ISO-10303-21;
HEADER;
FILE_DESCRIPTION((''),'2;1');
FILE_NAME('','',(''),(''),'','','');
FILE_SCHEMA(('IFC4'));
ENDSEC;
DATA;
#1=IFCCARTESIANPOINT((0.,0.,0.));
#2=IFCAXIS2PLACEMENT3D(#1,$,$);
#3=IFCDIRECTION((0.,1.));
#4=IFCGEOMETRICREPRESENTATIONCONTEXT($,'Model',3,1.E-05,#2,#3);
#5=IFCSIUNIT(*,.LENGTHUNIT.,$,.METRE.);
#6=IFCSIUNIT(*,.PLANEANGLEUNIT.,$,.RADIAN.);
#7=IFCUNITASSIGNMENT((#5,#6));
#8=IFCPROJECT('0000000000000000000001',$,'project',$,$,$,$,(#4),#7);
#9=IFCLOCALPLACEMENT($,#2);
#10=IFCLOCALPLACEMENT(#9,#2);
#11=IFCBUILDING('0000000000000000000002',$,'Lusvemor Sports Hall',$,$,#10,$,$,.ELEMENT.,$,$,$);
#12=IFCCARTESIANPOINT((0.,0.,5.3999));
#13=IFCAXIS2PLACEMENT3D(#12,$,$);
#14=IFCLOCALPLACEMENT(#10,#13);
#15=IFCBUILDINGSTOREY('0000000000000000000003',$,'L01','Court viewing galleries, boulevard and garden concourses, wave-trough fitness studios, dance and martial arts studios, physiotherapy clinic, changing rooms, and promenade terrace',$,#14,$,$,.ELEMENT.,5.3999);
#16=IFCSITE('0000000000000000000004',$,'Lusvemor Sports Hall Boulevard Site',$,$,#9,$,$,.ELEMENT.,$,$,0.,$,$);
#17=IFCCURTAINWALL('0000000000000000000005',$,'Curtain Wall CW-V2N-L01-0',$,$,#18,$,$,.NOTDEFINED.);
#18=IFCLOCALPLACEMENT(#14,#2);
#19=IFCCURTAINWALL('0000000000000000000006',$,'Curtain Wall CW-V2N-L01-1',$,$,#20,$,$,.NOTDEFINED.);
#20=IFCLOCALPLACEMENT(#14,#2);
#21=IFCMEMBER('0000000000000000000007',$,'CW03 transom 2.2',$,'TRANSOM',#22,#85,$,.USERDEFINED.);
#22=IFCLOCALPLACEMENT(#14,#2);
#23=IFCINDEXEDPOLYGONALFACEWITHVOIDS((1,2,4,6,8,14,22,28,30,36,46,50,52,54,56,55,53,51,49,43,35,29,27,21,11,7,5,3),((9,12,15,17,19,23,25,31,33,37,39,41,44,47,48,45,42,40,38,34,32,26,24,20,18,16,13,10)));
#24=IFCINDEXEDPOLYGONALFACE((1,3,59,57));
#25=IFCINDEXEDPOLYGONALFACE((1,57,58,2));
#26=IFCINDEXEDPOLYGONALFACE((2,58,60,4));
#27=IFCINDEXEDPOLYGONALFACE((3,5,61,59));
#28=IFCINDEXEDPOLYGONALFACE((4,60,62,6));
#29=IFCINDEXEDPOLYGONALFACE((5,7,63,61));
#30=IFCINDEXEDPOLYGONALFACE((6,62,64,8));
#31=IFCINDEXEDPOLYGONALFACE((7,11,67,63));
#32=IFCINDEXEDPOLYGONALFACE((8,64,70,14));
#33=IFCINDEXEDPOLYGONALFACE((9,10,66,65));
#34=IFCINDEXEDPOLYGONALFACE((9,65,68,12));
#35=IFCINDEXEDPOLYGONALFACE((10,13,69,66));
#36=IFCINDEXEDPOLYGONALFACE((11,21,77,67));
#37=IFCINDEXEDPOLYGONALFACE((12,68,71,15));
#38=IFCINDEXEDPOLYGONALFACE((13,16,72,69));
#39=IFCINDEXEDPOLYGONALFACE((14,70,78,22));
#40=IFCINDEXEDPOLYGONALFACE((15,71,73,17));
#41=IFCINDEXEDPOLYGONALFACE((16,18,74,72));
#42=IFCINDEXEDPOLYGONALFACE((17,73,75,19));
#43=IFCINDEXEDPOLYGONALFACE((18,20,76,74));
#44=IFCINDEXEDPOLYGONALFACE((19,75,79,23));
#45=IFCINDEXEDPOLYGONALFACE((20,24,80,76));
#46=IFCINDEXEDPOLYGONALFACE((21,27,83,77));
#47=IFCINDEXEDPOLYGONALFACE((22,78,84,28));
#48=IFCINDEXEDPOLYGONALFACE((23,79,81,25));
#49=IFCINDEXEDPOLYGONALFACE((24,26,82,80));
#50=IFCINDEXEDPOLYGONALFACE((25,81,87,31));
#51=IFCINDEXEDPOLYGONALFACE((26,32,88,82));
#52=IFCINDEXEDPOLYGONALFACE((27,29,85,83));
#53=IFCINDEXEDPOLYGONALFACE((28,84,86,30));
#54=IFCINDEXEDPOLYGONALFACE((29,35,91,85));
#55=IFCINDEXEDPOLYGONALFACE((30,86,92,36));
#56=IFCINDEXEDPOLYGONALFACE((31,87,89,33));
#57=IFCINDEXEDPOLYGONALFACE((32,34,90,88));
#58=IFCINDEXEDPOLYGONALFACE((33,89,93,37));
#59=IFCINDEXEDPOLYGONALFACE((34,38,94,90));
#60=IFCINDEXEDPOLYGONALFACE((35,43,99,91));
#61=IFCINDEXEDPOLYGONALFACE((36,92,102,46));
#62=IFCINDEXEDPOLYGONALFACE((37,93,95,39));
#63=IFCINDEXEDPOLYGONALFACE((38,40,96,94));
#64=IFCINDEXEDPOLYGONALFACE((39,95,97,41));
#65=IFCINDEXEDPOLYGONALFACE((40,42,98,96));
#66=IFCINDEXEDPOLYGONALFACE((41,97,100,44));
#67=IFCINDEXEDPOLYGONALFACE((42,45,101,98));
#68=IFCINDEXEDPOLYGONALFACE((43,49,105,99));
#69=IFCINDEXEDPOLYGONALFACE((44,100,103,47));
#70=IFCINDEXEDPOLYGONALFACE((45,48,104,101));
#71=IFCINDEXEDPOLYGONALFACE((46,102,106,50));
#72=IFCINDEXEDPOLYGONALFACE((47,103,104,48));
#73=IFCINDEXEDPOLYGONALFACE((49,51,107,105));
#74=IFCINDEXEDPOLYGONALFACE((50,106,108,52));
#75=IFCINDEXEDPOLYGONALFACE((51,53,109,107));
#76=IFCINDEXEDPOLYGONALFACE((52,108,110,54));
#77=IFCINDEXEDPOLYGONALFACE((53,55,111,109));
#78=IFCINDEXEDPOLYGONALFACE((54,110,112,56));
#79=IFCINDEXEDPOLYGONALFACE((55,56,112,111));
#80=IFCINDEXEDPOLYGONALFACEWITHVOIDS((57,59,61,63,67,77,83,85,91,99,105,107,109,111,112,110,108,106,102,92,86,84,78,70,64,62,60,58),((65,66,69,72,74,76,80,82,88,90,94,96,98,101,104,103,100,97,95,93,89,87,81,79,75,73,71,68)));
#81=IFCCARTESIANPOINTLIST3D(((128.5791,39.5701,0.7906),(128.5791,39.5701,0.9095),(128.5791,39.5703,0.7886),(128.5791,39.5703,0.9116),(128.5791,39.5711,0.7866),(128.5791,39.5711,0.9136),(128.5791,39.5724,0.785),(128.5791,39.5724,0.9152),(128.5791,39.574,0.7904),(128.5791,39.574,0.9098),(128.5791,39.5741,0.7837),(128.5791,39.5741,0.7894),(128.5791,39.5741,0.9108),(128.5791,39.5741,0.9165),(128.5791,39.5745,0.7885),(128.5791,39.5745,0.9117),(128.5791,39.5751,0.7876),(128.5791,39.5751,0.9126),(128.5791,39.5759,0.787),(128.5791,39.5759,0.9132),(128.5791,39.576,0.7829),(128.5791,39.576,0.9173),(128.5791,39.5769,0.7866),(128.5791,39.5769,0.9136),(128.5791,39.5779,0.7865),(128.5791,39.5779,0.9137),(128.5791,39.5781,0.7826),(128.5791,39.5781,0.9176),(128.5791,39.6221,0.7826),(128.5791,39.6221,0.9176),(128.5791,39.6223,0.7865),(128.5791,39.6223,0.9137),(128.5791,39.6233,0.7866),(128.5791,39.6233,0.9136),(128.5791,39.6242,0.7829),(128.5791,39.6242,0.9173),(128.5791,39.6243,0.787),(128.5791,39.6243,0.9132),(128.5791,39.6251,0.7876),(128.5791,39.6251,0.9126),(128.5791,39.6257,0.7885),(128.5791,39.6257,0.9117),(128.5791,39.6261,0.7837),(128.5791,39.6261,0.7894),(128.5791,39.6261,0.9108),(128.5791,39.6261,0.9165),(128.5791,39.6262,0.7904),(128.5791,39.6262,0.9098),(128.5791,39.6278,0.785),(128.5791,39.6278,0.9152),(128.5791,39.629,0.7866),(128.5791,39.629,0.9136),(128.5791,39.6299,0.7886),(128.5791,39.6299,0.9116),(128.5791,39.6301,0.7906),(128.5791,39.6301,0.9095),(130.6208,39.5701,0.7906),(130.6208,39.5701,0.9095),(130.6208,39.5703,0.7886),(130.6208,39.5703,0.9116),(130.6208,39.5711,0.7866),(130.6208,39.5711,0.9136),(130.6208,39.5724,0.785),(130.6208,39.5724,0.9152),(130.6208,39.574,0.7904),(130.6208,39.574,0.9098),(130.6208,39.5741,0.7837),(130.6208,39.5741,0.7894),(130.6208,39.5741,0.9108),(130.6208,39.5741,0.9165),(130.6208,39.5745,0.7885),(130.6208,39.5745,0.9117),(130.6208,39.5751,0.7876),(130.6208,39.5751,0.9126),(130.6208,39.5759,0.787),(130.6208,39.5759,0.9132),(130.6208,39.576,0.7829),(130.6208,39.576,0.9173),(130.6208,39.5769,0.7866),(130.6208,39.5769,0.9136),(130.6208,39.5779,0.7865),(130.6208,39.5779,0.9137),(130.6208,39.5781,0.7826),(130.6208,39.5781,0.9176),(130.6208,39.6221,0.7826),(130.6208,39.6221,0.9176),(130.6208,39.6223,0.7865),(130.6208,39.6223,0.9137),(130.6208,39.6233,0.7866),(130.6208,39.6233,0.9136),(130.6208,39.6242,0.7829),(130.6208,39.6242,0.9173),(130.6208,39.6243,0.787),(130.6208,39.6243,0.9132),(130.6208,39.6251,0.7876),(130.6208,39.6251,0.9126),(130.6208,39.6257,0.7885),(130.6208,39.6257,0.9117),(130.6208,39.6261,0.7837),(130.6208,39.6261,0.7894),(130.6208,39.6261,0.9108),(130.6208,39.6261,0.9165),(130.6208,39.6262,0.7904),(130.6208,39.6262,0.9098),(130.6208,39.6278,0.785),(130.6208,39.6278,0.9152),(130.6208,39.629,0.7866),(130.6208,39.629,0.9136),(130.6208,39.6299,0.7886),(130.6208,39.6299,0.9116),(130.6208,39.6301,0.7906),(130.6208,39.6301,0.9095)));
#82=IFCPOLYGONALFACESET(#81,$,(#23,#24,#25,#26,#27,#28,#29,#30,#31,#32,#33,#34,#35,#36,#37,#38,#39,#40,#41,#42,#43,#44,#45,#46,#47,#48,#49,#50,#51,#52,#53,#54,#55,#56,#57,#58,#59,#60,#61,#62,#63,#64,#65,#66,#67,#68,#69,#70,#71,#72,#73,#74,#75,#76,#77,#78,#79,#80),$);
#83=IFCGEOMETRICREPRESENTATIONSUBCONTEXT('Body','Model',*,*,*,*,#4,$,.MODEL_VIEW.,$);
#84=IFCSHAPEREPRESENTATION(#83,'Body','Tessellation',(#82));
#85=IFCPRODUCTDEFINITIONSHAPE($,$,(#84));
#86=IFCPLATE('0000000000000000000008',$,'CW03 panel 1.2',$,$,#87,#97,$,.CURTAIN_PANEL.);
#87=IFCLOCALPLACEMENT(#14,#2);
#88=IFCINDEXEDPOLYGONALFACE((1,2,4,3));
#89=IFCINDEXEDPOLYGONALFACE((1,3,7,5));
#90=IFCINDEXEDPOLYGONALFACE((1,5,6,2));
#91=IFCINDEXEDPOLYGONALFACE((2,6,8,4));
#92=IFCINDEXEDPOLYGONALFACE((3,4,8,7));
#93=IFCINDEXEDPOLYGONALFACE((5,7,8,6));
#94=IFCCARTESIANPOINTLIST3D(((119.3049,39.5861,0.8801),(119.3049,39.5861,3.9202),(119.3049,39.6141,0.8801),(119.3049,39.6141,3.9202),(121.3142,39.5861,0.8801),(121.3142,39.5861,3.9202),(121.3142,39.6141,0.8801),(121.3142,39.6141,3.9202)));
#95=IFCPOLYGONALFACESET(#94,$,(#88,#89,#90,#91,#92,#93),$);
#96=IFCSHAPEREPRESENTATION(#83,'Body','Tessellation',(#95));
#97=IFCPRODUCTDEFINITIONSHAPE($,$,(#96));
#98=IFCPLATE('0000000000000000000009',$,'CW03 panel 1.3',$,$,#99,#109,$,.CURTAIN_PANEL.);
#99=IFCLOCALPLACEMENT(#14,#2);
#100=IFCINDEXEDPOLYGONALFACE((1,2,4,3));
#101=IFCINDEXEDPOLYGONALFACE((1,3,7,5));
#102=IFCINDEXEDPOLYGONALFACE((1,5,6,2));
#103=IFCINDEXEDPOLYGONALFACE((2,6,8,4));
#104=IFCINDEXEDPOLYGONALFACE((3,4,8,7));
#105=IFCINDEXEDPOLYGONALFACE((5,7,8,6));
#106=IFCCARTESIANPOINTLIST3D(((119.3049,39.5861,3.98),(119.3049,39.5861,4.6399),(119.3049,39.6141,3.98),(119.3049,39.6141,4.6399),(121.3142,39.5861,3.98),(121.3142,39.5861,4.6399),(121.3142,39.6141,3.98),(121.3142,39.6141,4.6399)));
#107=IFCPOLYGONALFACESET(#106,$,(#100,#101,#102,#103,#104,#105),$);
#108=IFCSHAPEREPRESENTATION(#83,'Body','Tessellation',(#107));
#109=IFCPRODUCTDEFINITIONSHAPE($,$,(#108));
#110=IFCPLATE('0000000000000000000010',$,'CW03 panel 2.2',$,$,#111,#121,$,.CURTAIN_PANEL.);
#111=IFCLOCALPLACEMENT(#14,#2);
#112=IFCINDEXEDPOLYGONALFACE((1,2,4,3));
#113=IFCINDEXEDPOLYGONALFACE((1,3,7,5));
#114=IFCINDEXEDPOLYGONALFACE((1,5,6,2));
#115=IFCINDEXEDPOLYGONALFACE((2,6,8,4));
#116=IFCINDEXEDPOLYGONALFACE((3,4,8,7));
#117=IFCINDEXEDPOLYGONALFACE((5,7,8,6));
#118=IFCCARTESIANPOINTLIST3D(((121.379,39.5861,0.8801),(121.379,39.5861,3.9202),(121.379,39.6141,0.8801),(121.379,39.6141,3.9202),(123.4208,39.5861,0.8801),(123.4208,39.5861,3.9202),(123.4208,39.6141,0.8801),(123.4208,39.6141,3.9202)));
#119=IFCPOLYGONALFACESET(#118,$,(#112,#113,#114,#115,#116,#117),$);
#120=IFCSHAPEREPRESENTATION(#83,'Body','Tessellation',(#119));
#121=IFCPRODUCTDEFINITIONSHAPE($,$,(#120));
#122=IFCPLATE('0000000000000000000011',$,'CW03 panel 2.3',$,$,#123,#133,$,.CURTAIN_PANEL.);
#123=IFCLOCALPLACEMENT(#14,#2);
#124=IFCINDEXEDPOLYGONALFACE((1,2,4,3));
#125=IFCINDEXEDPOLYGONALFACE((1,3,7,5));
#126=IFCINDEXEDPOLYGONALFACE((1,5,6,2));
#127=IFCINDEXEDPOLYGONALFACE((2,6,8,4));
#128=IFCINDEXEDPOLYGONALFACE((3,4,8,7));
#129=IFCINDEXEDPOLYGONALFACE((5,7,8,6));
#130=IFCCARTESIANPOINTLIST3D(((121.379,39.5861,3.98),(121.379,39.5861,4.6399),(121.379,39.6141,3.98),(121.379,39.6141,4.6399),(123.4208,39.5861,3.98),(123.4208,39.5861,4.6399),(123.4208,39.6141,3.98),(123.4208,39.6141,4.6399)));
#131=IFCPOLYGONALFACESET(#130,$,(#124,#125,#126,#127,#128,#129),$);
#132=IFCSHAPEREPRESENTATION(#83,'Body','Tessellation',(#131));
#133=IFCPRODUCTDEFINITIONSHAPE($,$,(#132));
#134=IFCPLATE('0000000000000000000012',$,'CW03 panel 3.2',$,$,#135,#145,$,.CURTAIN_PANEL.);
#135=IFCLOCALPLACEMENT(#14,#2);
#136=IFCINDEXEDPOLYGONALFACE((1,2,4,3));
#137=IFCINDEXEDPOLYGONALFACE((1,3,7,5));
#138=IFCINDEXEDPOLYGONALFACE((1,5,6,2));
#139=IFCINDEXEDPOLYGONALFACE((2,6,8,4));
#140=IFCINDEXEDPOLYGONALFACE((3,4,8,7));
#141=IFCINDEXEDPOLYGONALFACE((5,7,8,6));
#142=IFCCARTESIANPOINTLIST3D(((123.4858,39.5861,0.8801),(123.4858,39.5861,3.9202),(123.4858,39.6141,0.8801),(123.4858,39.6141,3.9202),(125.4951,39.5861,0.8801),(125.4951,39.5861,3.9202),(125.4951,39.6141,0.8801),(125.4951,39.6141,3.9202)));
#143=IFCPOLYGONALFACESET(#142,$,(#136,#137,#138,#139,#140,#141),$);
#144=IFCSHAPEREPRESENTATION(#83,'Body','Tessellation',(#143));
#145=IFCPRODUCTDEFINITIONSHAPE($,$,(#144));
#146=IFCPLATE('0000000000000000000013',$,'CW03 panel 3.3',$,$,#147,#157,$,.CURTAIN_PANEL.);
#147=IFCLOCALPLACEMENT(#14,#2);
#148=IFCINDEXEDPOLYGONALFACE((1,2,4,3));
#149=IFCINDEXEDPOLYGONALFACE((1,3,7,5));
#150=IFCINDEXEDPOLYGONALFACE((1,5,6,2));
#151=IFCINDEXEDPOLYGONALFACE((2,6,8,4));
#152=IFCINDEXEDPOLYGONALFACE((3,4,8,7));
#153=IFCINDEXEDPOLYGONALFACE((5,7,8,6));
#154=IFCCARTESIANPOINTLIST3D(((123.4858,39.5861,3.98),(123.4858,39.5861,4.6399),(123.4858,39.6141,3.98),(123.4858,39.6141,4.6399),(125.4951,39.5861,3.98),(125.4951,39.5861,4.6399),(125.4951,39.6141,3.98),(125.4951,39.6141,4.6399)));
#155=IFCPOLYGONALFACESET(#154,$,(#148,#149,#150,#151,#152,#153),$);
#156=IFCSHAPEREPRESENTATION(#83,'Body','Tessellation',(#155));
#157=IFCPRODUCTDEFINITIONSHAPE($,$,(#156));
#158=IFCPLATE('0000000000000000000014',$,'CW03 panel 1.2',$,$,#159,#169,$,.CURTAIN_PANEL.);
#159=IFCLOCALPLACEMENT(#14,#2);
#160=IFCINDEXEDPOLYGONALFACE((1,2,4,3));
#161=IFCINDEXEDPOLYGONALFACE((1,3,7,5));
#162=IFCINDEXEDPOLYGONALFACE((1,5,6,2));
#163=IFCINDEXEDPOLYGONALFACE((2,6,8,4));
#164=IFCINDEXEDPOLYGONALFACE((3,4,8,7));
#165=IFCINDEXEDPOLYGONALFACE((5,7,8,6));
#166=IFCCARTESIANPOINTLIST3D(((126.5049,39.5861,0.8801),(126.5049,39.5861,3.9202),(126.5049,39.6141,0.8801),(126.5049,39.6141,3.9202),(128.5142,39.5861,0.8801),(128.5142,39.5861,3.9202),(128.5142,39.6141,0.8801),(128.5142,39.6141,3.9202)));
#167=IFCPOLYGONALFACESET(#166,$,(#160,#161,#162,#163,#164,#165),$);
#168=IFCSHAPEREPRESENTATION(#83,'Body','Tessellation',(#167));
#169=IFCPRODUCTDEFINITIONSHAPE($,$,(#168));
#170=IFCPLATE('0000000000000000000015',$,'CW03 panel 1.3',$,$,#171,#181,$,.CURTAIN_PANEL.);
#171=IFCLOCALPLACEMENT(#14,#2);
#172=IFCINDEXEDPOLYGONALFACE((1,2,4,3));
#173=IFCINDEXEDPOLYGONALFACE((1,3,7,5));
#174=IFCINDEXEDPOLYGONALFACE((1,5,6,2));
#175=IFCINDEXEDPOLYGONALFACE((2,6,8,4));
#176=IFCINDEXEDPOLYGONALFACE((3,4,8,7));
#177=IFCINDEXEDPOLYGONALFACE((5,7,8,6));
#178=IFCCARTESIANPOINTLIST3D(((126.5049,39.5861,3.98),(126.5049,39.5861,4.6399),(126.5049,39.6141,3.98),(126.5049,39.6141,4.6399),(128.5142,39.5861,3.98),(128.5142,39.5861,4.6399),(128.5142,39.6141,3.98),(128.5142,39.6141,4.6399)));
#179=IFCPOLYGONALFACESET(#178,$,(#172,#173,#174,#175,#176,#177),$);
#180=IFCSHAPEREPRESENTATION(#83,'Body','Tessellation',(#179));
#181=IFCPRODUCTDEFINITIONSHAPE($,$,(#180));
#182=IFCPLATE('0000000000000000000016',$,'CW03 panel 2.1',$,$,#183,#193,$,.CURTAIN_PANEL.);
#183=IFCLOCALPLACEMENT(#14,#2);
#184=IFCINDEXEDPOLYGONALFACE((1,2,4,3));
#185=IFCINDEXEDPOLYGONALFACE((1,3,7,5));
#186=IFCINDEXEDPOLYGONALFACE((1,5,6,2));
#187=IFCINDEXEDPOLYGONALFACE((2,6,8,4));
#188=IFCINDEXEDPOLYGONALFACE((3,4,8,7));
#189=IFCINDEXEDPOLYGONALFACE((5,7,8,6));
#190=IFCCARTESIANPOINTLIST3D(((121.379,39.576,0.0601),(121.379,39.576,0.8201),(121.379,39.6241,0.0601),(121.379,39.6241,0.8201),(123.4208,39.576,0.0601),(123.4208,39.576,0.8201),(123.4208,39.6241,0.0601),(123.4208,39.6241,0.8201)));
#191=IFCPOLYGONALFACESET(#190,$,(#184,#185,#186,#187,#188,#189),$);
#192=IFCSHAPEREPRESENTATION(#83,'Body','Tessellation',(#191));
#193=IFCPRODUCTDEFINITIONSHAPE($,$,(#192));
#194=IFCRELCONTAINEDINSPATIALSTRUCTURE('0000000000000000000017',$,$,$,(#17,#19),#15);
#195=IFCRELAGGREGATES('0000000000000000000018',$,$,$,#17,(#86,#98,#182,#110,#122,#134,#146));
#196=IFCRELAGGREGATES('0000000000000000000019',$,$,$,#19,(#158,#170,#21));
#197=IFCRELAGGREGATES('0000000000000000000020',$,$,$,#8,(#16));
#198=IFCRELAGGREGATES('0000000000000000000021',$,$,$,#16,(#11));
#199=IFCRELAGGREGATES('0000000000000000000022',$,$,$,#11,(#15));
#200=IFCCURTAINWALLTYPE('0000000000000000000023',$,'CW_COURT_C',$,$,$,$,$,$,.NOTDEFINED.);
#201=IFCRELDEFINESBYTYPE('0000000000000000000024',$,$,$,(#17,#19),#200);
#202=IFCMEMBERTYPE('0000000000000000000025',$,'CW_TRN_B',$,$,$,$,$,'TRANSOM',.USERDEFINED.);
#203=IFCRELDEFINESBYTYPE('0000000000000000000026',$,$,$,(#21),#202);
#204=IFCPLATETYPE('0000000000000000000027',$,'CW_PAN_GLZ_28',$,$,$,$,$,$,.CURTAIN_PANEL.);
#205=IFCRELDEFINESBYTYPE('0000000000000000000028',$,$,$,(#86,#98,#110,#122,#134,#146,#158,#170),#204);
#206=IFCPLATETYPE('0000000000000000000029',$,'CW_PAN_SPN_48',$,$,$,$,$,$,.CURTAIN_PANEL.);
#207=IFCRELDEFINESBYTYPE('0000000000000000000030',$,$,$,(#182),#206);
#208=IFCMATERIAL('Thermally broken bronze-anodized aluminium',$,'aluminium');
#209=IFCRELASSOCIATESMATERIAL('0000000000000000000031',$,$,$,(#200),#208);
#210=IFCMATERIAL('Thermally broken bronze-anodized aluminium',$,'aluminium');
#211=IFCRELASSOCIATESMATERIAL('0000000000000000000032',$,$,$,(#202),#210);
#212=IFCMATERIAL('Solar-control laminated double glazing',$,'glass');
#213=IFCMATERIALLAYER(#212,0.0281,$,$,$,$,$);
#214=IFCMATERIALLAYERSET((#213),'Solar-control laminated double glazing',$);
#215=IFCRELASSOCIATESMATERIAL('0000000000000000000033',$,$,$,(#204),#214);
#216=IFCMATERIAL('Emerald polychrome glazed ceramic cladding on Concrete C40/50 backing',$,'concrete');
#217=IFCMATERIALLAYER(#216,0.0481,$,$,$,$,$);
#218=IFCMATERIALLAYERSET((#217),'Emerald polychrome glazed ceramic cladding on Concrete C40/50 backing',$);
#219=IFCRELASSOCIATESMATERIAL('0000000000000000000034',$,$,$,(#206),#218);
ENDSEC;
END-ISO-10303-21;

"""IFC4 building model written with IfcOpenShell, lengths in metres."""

from ifc_helpers import new_model, si_unit, direction, frame, origin, origin_2d, place, context, subcontext, project, spatial, rectangle, hollow_rectangle, extrude, material, layer, layer_set, material_profile, profile_set, type_object, element, aggregate, save


model = new_model("IFC4")

# Units and contexts
model_context = context("Model", 3, precision=1e-05, world=origin(), true_north=direction((0.0, 1.0)))
body_context = subcontext(model_context, "Body", "Model", "MODEL_VIEW")
ifc_project = project(units=[si_unit("LENGTHUNIT", "METRE"), si_unit("PLANEANGLEUNIT", "RADIAN")], contexts=[model_context])

# Site, building, storey
site_placement = place(None, origin())
site = spatial("IfcSite", under=ifc_project, at=site_placement, Name="Lusvemor Sports Hall Boulevard Site", CompositionType="ELEMENT", RefElevation=0.0)
building_placement = place(site_placement, origin())
building = spatial("IfcBuilding", under=site, at=building_placement, Name="Lusvemor Sports Hall", CompositionType="ELEMENT")
storey_placement = place(building_placement, frame((0.0, 0.0, 5.3999)))
storey = spatial("IfcBuildingStorey", under=building, at=storey_placement, Name="L01", Description="Court viewing galleries, boulevard and garden concourses, wave-trough fitness studios, dance and martial arts studios, physiotherapy clinic, changing rooms, and promenade terrace", CompositionType="ELEMENT", Elevation=5.3999)

# Curtain walls
ifc_material_1 = material(Name="Thermally broken bronze-anodized aluminium", Category="aluminium")
curtain_wall_type = type_object("IfcCurtainWallType", Name="CW_COURT_C", PredefinedType="NOTDEFINED", material=ifc_material_1)
curtain_wall_1_placement = place(storey_placement, origin())
curtain_wall_1 = element("IfcCurtainWall", 1, at=curtain_wall_1_placement, inside=storey, type_object=curtain_wall_type, Name="Curtain Wall CW-V2N-L01-0", PredefinedType="NOTDEFINED")
curtain_wall_2_placement = place(storey_placement, origin())
curtain_wall_2 = element("IfcCurtainWall", 2, at=curtain_wall_2_placement, inside=storey, type_object=curtain_wall_type, Name="Curtain Wall CW-V2N-L01-1", PredefinedType="NOTDEFINED")

# Member
ifc_material_2 = material(Name="Thermally broken bronze-anodized aluminium", Category="aluminium")
ifc_material_profile_1 = material_profile(ifc_material_2, hollow_rectangle(XDim=0.0601, YDim=0.135, WallThickness=0.0039, InnerFilletRadius=0.0039, OuterFilletRadius=0.0081, at=origin_2d()), Name="CWTRN135x60x4")
ifc_profile_set_1 = profile_set([ifc_material_profile_1], Name="Thermally broken bronze-anodized aluminium")
member_type_1 = type_object("IfcMemberType", Name="CW_TRN_B", ElementType="TRANSOM", PredefinedType="USERDEFINED", material=ifc_profile_set_1)
member_1_placement = place(storey_placement, frame((128.5791, 39.6001, 0.8501), z_axis=(1.0, 0.0, 0.0), x_axis=(0.0, 1.0, 0.0)))
member_1 = element("IfcMember", 3, at=member_1_placement, type_object=member_type_1, Name="CW03 transom 2.2", ObjectType="TRANSOM", PredefinedType="USERDEFINED", context=body_context, shape_type="SweptSolid", body=[
    extrude(hollow_rectangle(XDim=0.0601, YDim=0.135, WallThickness=0.0039, InnerFilletRadius=0.0039, OuterFilletRadius=0.0081, at=origin_2d()), origin(), (0.0, 0.0, 1.0), 2.0417),
])

# Plates
ifc_material_3 = material(Name="Solar-control laminated double glazing", Category="glass")
ifc_layer_1 = layer(ifc_material_3, 0.0281)
ifc_layer_set_1 = layer_set([ifc_layer_1], Name="Solar-control laminated double glazing")
plate_type_1 = type_object("IfcPlateType", Name="CW_PAN_GLZ_28", PredefinedType="CURTAIN_PANEL", material=ifc_layer_set_1)
plate_1_placement = place(storey_placement, frame((120.3096, 39.6001, 0.8801), z_axis=(0.0, 0.0, 1.0), x_axis=(1.0, 0.0, 0.0)))
plate_1 = element("IfcPlate", 4, at=plate_1_placement, type_object=plate_type_1, Name="CW03 panel 1.2", PredefinedType="CURTAIN_PANEL", context=body_context, shape_type="SweptSolid", body=[
    extrude(rectangle(XDim=2.0093, YDim=0.0281, at=origin_2d()), origin(), (0.0, 0.0, 1.0), 3.04),
])
plate_2_placement = place(storey_placement, frame((120.3096, 39.6001, 3.98), z_axis=(0.0, 0.0, 1.0), x_axis=(1.0, 0.0, 0.0)))
plate_2 = element("IfcPlate", 5, at=plate_2_placement, type_object=plate_type_1, Name="CW03 panel 1.3", PredefinedType="CURTAIN_PANEL", context=body_context, shape_type="SweptSolid", body=[
    extrude(rectangle(XDim=2.0093, YDim=0.0281, at=origin_2d()), origin(), (0.0, 0.0, 1.0), 0.6599),
])
plate_3_placement = place(storey_placement, frame((122.3999, 39.6001, 0.8801), z_axis=(0.0, 0.0, 1.0), x_axis=(1.0, 0.0, 0.0)))
plate_3 = element("IfcPlate", 6, at=plate_3_placement, type_object=plate_type_1, Name="CW03 panel 2.2", PredefinedType="CURTAIN_PANEL", context=body_context, shape_type="SweptSolid", body=[
    extrude(rectangle(XDim=2.0417, YDim=0.0281, at=origin_2d()), origin(), (0.0, 0.0, 1.0), 3.04),
])
plate_4_placement = place(storey_placement, frame((122.3999, 39.6001, 3.98), z_axis=(0.0, 0.0, 1.0), x_axis=(1.0, 0.0, 0.0)))
plate_4 = element("IfcPlate", 7, at=plate_4_placement, type_object=plate_type_1, Name="CW03 panel 2.3", PredefinedType="CURTAIN_PANEL", context=body_context, shape_type="SweptSolid", body=[
    extrude(rectangle(XDim=2.0417, YDim=0.0281, at=origin_2d()), origin(), (0.0, 0.0, 1.0), 0.6599),
])
plate_5_placement = place(storey_placement, frame((124.4905, 39.6001, 0.8801), z_axis=(0.0, 0.0, 1.0), x_axis=(1.0, 0.0, 0.0)))
plate_5 = element("IfcPlate", 8, at=plate_5_placement, type_object=plate_type_1, Name="CW03 panel 3.2", PredefinedType="CURTAIN_PANEL", context=body_context, shape_type="SweptSolid", body=[
    extrude(rectangle(XDim=2.0093, YDim=0.0281, at=origin_2d()), origin(), (0.0, 0.0, 1.0), 3.04),
])
plate_6_placement = place(storey_placement, frame((124.4905, 39.6001, 3.98), z_axis=(0.0, 0.0, 1.0), x_axis=(1.0, 0.0, 0.0)))
plate_6 = element("IfcPlate", 9, at=plate_6_placement, type_object=plate_type_1, Name="CW03 panel 3.3", PredefinedType="CURTAIN_PANEL", context=body_context, shape_type="SweptSolid", body=[
    extrude(rectangle(XDim=2.0093, YDim=0.0281, at=origin_2d()), origin(), (0.0, 0.0, 1.0), 0.6599),
])
plate_7_placement = place(storey_placement, frame((127.5095, 39.6001, 0.8801), z_axis=(0.0, 0.0, 1.0), x_axis=(1.0, 0.0, 0.0)))
plate_7 = element("IfcPlate", 10, at=plate_7_placement, type_object=plate_type_1, Name="CW03 panel 1.2", PredefinedType="CURTAIN_PANEL", context=body_context, shape_type="SweptSolid", body=[
    extrude(rectangle(XDim=2.0093, YDim=0.0281, at=origin_2d()), origin(), (0.0, 0.0, 1.0), 3.04),
])
plate_8_placement = place(storey_placement, frame((127.5095, 39.6001, 3.98), z_axis=(0.0, 0.0, 1.0), x_axis=(1.0, 0.0, 0.0)))
plate_8 = element("IfcPlate", 11, at=plate_8_placement, type_object=plate_type_1, Name="CW03 panel 1.3", PredefinedType="CURTAIN_PANEL", context=body_context, shape_type="SweptSolid", body=[
    extrude(rectangle(XDim=2.0093, YDim=0.0281, at=origin_2d()), origin(), (0.0, 0.0, 1.0), 0.6599),
])
ifc_material_4 = material(Name="Emerald polychrome glazed ceramic cladding on Concrete C40/50 backing", Category="concrete")
ifc_layer_2 = layer(ifc_material_4, 0.0481)
ifc_layer_set_2 = layer_set([ifc_layer_2], Name="Emerald polychrome glazed ceramic cladding on Concrete C40/50 backing")
plate_type_2 = type_object("IfcPlateType", Name="CW_PAN_SPN_48", PredefinedType="CURTAIN_PANEL", material=ifc_layer_set_2)
plate_9_placement = place(storey_placement, frame((122.3999, 39.6001, 0.0601), z_axis=(0.0, 0.0, 1.0), x_axis=(1.0, 0.0, 0.0)))
plate_9 = element("IfcPlate", 12, at=plate_9_placement, type_object=plate_type_2, Name="CW03 panel 2.1", PredefinedType="CURTAIN_PANEL", context=body_context, shape_type="SweptSolid", body=[
    extrude(rectangle(XDim=2.0417, YDim=0.0481, at=origin_2d()), origin(), (0.0, 0.0, 1.0), 0.76),
])
aggregate(curtain_wall_1, [plate_1, plate_2, plate_9, plate_3, plate_4, plate_5, plate_6])
aggregate(curtain_wall_2, [plate_7, plate_8, member_1])

save(model, "model.ifc")
